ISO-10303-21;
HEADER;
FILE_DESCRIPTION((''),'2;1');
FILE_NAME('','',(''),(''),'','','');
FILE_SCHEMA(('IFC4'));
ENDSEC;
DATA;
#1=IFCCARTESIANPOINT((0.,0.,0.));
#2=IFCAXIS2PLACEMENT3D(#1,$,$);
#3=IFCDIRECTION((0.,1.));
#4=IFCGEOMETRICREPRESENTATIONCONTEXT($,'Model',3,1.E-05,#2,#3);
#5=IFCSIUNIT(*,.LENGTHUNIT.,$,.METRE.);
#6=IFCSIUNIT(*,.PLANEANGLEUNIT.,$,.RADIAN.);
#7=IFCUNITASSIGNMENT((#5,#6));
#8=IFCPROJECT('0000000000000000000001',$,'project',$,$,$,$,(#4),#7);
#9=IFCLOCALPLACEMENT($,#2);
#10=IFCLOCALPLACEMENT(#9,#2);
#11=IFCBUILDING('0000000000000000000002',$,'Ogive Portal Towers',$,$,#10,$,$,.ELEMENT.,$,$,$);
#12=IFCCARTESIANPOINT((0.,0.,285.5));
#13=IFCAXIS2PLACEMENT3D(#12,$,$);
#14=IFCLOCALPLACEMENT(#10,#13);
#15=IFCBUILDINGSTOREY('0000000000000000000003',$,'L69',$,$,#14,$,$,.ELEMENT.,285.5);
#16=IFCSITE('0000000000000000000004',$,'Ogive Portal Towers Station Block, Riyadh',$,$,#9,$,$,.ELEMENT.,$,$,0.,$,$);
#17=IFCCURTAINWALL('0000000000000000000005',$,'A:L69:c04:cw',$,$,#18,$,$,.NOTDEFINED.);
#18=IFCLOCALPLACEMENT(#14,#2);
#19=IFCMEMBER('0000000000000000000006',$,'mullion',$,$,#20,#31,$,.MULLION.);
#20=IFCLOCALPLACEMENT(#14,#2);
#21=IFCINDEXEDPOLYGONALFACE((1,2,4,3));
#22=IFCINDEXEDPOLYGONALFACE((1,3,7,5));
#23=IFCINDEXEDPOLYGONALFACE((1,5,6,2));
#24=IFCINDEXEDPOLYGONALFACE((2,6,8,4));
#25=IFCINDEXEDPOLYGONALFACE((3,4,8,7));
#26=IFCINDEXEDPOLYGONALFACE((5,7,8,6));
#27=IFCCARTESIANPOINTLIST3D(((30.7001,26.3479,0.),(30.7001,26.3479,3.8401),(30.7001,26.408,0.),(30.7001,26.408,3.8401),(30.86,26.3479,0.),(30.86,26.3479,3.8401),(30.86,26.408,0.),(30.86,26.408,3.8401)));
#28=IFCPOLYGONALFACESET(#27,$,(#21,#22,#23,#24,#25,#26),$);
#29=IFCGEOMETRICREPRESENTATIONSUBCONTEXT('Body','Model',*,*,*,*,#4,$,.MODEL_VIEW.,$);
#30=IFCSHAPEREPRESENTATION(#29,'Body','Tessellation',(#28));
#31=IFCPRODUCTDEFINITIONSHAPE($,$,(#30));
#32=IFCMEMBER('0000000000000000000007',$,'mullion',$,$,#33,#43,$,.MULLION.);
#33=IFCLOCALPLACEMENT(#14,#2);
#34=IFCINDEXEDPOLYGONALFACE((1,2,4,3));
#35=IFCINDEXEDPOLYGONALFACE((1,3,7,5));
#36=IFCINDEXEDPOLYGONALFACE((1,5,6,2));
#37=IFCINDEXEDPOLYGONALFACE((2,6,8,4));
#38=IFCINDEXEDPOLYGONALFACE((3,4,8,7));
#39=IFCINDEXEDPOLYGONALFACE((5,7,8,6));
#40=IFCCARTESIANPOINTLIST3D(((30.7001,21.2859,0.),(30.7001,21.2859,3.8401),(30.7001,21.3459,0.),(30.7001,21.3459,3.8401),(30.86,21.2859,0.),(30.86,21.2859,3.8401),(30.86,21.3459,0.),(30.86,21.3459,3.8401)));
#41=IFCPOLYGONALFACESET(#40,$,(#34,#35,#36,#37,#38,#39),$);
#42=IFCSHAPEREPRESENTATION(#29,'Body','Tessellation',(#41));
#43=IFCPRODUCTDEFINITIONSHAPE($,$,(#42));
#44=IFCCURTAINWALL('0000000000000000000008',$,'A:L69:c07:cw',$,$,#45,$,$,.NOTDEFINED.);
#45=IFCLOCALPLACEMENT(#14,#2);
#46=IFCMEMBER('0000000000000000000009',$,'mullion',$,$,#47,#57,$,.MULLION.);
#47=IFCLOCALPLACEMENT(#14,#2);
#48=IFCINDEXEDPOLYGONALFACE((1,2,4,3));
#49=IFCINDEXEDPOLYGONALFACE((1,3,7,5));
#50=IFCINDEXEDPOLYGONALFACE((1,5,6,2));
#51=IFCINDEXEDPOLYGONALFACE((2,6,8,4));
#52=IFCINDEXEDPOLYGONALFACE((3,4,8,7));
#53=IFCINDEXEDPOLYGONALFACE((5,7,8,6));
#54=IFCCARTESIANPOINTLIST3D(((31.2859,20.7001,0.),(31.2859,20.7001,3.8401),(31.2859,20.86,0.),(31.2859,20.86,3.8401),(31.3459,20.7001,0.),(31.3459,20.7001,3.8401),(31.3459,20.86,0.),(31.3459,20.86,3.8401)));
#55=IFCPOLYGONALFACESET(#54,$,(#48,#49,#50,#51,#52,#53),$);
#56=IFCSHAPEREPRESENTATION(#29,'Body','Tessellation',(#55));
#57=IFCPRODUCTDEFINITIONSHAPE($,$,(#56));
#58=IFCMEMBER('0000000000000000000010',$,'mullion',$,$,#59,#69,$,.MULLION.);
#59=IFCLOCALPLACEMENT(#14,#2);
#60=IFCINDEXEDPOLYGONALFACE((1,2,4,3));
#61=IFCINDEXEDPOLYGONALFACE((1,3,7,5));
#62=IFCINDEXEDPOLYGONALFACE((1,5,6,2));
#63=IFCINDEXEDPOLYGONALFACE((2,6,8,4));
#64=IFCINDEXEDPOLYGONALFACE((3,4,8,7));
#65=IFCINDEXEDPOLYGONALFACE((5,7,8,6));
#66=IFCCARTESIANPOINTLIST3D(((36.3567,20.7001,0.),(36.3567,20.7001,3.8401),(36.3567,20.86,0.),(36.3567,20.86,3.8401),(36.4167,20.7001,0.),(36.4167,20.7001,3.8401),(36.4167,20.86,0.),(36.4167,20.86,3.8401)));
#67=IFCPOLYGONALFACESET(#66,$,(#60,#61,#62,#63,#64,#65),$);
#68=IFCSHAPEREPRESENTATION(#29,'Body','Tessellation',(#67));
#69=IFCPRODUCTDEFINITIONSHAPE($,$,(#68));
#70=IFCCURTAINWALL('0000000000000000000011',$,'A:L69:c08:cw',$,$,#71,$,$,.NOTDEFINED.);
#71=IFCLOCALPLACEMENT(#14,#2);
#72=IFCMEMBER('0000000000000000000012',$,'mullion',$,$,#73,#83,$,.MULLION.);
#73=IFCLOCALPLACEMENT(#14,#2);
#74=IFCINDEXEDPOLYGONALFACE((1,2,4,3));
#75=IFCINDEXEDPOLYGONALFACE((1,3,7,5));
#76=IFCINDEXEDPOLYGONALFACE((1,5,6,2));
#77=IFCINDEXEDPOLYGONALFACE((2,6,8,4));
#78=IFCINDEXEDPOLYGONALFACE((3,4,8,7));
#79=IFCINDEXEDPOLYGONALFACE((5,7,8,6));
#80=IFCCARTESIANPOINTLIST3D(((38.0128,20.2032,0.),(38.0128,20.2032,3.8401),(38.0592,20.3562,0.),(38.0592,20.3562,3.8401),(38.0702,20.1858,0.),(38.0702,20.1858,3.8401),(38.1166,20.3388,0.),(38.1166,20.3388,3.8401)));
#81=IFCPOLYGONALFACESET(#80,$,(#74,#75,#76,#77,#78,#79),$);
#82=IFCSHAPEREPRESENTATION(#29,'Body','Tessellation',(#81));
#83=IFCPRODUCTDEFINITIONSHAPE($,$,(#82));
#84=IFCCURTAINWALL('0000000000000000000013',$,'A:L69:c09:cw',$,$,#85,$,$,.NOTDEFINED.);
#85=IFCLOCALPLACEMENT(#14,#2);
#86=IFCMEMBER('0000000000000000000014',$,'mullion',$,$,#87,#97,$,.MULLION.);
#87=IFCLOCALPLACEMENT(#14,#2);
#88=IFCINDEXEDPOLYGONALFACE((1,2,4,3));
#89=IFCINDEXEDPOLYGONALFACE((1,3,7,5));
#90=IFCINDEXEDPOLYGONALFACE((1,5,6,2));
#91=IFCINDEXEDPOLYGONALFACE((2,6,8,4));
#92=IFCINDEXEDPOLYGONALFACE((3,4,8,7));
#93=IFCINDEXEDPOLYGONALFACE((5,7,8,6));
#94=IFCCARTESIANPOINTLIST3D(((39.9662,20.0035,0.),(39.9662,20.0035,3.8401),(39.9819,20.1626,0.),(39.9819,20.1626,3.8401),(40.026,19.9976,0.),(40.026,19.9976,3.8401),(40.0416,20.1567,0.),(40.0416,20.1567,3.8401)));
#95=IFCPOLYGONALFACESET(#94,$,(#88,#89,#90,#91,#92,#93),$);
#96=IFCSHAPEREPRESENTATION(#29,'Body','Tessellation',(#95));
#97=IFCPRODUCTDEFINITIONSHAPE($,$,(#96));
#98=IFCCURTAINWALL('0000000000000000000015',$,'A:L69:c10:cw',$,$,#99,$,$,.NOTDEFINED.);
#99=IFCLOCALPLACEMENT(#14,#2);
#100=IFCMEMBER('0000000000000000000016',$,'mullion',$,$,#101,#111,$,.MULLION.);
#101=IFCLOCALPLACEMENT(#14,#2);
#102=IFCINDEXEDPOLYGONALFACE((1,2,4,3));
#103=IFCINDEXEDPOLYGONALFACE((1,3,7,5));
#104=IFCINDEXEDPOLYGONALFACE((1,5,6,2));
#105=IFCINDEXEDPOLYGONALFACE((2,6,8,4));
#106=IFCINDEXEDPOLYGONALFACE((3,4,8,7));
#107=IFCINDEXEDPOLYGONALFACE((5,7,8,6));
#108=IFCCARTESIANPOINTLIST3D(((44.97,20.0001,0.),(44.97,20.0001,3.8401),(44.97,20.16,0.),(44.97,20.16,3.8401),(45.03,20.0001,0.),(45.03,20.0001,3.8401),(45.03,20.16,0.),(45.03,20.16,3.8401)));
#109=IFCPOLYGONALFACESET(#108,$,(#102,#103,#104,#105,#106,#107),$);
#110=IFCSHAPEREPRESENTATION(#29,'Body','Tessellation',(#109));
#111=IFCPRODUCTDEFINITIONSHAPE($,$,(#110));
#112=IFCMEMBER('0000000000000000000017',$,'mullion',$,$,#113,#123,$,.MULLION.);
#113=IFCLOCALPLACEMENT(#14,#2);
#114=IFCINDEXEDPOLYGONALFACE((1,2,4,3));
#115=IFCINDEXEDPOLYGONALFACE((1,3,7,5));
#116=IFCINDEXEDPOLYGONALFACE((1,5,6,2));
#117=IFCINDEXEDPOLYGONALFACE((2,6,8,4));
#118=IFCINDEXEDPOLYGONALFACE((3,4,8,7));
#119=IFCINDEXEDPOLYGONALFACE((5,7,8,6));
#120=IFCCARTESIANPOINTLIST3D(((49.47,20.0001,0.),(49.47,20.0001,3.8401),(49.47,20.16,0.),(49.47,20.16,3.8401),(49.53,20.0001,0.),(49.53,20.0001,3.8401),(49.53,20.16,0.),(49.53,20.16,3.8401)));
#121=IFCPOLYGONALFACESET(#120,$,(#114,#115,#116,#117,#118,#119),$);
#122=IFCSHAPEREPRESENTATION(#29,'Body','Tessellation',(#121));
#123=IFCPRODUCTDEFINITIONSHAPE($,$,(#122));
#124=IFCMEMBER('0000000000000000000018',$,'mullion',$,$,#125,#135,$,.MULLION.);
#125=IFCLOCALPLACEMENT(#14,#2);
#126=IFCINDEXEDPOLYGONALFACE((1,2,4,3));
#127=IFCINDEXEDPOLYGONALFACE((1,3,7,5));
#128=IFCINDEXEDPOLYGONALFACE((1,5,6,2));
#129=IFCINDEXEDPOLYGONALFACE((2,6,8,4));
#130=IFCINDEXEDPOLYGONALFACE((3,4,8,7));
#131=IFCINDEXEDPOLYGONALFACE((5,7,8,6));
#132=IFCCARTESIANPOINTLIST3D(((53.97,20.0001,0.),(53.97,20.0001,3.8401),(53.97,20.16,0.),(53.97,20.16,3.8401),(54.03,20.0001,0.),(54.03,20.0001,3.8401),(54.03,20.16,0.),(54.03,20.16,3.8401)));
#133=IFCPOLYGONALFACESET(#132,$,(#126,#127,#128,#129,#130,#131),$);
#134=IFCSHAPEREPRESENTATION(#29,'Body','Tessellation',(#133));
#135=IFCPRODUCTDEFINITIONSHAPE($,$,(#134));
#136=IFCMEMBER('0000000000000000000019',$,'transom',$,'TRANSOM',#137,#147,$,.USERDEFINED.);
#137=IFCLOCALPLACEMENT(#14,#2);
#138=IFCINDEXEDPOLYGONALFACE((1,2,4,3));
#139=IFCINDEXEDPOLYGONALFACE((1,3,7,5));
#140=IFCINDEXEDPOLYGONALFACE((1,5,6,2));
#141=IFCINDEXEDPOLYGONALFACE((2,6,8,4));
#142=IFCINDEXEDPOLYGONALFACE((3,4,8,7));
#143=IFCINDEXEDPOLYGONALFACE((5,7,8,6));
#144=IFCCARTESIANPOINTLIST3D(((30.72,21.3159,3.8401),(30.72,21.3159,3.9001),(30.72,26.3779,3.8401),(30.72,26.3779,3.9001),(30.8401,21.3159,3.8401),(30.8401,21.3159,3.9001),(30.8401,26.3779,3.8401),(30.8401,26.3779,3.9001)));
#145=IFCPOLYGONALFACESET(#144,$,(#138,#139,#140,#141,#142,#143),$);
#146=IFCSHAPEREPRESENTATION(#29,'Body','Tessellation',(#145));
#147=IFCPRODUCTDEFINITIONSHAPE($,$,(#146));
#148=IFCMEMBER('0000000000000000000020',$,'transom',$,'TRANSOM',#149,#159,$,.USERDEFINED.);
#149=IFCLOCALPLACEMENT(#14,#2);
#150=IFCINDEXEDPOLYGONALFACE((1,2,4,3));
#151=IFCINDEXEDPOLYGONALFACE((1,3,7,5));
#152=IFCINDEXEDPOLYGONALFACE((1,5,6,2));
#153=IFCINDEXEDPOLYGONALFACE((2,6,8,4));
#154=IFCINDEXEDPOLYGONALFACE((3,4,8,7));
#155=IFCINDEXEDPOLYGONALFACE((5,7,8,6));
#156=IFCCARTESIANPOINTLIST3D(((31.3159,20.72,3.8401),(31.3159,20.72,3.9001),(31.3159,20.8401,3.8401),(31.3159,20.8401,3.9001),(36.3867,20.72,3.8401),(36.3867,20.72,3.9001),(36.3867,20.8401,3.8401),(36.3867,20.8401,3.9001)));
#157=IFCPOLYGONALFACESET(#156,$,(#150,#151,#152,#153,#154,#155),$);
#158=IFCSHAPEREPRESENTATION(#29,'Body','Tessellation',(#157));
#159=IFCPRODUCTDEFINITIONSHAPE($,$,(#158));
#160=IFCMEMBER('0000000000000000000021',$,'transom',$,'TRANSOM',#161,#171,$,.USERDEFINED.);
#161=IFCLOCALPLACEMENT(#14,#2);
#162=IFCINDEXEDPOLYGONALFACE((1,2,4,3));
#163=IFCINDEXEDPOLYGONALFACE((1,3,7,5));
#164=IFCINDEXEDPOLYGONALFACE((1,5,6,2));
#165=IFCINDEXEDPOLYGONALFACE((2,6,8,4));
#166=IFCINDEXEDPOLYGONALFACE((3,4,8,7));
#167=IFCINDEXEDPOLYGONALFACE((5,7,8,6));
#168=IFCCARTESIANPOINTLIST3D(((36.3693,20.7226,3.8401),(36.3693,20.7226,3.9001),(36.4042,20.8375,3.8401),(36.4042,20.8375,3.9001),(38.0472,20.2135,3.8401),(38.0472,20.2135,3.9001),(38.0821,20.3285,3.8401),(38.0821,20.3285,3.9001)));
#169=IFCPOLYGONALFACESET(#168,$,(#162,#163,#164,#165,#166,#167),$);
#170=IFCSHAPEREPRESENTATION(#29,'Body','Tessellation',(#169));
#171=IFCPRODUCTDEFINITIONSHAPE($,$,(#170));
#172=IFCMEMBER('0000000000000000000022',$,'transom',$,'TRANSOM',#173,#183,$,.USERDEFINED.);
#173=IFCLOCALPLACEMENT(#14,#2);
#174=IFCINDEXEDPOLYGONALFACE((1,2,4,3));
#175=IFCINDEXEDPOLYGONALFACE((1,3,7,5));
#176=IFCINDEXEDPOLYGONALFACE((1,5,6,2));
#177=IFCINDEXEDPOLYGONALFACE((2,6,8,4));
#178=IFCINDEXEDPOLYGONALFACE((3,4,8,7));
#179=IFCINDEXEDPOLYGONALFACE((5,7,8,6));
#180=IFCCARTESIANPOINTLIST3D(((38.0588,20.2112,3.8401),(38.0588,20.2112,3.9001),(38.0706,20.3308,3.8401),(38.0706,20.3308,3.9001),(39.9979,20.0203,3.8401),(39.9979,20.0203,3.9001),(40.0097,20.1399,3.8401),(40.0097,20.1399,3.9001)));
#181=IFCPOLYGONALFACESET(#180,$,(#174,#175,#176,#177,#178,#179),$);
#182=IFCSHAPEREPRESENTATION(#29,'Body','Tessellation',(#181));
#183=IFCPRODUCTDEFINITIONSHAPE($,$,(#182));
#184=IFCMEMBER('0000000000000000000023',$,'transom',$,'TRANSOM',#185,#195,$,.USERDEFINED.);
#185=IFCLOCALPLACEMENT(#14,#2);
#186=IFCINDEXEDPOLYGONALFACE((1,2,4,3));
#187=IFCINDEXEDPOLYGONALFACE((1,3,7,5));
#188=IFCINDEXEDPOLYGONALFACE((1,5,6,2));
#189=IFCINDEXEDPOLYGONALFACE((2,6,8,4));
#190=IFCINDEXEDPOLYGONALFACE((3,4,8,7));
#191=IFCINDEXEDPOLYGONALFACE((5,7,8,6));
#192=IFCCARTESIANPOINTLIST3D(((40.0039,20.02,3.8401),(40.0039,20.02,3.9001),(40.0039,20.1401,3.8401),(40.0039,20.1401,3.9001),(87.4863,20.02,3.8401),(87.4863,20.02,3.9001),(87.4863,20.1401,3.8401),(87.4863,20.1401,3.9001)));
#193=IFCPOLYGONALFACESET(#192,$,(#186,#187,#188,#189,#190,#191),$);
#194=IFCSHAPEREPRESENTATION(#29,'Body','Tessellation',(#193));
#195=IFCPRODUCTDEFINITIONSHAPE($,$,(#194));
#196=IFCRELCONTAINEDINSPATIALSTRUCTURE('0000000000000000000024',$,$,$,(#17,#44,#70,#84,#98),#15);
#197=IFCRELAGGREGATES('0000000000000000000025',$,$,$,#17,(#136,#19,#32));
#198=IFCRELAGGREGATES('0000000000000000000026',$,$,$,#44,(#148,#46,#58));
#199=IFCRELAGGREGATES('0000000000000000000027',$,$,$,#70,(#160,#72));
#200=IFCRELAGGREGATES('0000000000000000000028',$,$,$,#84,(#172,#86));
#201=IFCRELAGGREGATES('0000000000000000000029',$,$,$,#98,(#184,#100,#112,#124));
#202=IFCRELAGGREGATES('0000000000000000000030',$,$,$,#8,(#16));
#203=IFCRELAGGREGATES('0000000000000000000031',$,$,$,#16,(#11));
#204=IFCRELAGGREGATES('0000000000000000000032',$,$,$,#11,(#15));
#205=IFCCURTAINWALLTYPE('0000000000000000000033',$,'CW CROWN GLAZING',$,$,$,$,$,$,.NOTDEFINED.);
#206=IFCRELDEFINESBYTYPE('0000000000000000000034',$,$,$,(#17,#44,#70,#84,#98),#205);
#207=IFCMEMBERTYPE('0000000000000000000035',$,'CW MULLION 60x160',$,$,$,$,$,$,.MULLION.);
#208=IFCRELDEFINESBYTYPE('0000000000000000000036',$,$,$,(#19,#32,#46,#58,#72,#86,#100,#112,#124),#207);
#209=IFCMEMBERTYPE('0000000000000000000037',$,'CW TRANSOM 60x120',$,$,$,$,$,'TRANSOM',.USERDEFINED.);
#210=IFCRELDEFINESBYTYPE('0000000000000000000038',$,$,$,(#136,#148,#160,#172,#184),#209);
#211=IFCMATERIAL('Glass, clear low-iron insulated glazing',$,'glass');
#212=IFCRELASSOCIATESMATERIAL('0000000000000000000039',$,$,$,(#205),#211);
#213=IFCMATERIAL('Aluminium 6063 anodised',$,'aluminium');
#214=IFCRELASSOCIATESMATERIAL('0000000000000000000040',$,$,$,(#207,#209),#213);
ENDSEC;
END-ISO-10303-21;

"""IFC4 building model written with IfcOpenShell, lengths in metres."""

from ifc_helpers import new_model, si_unit, direction, frame, origin, origin_2d, place, context, subcontext, project, spatial, rectangle, extrude, material, material_profile, profile_set, type_object, element, aggregate, save


model = new_model("IFC4")

# Units and contexts
model_context = context("Model", 3, precision=1e-05, world=origin(), true_north=direction((0.0, 1.0)))
body_context = subcontext(model_context, "Body", "Model", "MODEL_VIEW")
ifc_project = project(units=[si_unit("LENGTHUNIT", "METRE"), si_unit("PLANEANGLEUNIT", "RADIAN")], contexts=[model_context])

# Site, building, storey
site_placement = place(None, origin())
site = spatial("IfcSite", under=ifc_project, at=site_placement, Name="Ogive Portal Towers Station Block, Riyadh", CompositionType="ELEMENT", RefElevation=0.0)
building_placement = place(site_placement, origin())
building = spatial("IfcBuilding", under=site, at=building_placement, Name="Ogive Portal Towers", CompositionType="ELEMENT")
storey_placement = place(building_placement, frame((0.0, 0.0, 285.5)))
storey = spatial("IfcBuildingStorey", under=building, at=storey_placement, Name="L69", CompositionType="ELEMENT", Elevation=285.5)

# Curtain walls, members
ifc_material_1 = material(Name="Glass, clear low-iron insulated glazing", Category="glass")
curtain_wall_type = type_object("IfcCurtainWallType", Name="CW CROWN GLAZING", PredefinedType="NOTDEFINED", material=ifc_material_1)
curtain_wall_1_placement = place(storey_placement, origin())
curtain_wall_1 = element("IfcCurtainWall", 1, at=curtain_wall_1_placement, inside=storey, type_object=curtain_wall_type, Name="A:L69:c04:cw", PredefinedType="NOTDEFINED")
ifc_material_2 = material(Name="Aluminium 6063 anodised", Category="aluminium")
ifc_material_profile_1 = material_profile(ifc_material_2, rectangle(XDim=0.1599, YDim=0.0601, at=origin_2d()), Name="AL 60x160")
ifc_profile_set_1 = profile_set([ifc_material_profile_1], Name="Aluminium 6063 anodised")
member_type_1 = type_object("IfcMemberType", Name="CW MULLION 60x160", PredefinedType="MULLION", material=ifc_profile_set_1)
member_1_placement = place(storey_placement, frame((30.78, 26.3779, 0.0), z_axis=(0.0, 0.0, 1.0), x_axis=(1.0, 0.0, 0.0)))
member_1 = element("IfcMember", 2, at=member_1_placement, type_object=member_type_1, Name="mullion", PredefinedType="MULLION", context=body_context, shape_type="SweptSolid", body=[
    extrude(rectangle(XDim=0.1599, YDim=0.0601, at=origin_2d()), origin(), (0.0, 0.0, 1.0), 3.8401),
])
member_2_placement = place(storey_placement, frame((30.78, 21.3159, 0.0), z_axis=(0.0, 0.0, 1.0), x_axis=(1.0, 0.0, 0.0)))
member_2 = element("IfcMember", 3, at=member_2_placement, type_object=member_type_1, Name="mullion", PredefinedType="MULLION", context=body_context, shape_type="SweptSolid", body=[
    extrude(rectangle(XDim=0.1599, YDim=0.0601, at=origin_2d()), origin(), (0.0, 0.0, 1.0), 3.8401),
])
curtain_wall_2_placement = place(storey_placement, origin())
curtain_wall_2 = element("IfcCurtainWall", 4, at=curtain_wall_2_placement, inside=storey, type_object=curtain_wall_type, Name="A:L69:c07:cw", PredefinedType="NOTDEFINED")
member_3_placement = place(storey_placement, frame((31.3159, 20.78, 0.0), z_axis=(0.0, 0.0, 1.0), x_axis=(0.0, 1.0, 0.0)))
member_3 = element("IfcMember", 5, at=member_3_placement, type_object=member_type_1, Name="mullion", PredefinedType="MULLION", context=body_context, shape_type="SweptSolid", body=[
    extrude(rectangle(XDim=0.1599, YDim=0.0601, at=origin_2d()), origin(), (0.0, 0.0, 1.0), 3.8401),
])
member_4_placement = place(storey_placement, frame((36.3867, 20.78, 0.0), z_axis=(0.0, 0.0, 1.0), x_axis=(0.0, 1.0, 0.0)))
member_4 = element("IfcMember", 6, at=member_4_placement, type_object=member_type_1, Name="mullion", PredefinedType="MULLION", context=body_context, shape_type="SweptSolid", body=[
    extrude(rectangle(XDim=0.1599, YDim=0.0601, at=origin_2d()), origin(), (0.0, 0.0, 1.0), 3.8401),
])

# Curtain walls, members
curtain_wall_3_placement = place(storey_placement, origin())
curtain_wall_3 = element("IfcCurtainWall", 7, at=curtain_wall_3_placement, inside=storey, type_object=curtain_wall_type, Name="A:L69:c08:cw", PredefinedType="NOTDEFINED")
member_5_placement = place(storey_placement, frame((38.0647, 20.271, 0.0), z_axis=(0.0, 0.0, 1.0), x_axis=(0.290285, 0.95694, 0.0)))
member_5 = element("IfcMember", 8, at=member_5_placement, type_object=member_type_1, Name="mullion", PredefinedType="MULLION", context=body_context, shape_type="SweptSolid", body=[
    extrude(rectangle(XDim=0.1599, YDim=0.0601, at=origin_2d()), origin(), (0.0, 0.0, 1.0), 3.8401),
])
curtain_wall_4_placement = place(storey_placement, origin())
curtain_wall_4 = element("IfcCurtainWall", 9, at=curtain_wall_4_placement, inside=storey, type_object=curtain_wall_type, Name="A:L69:c09:cw", PredefinedType="NOTDEFINED")
member_6_placement = place(storey_placement, frame((40.0039, 20.0801, 0.0), z_axis=(0.0, 0.0, 1.0), x_axis=(0.098017, 0.995185, 0.0)))
member_6 = element("IfcMember", 10, at=member_6_placement, type_object=member_type_1, Name="mullion", PredefinedType="MULLION", context=body_context, shape_type="SweptSolid", body=[
    extrude(rectangle(XDim=0.1599, YDim=0.0601, at=origin_2d()), origin(), (0.0, 0.0, 1.0), 3.8401),
])

# Curtain wall, members
curtain_wall_5_placement = place(storey_placement, origin())
curtain_wall_5 = element("IfcCurtainWall", 11, at=curtain_wall_5_placement, inside=storey, type_object=curtain_wall_type, Name="A:L69:c10:cw", PredefinedType="NOTDEFINED")
member_7_placement = place(storey_placement, frame((45.0, 20.0801, 0.0), z_axis=(0.0, 0.0, 1.0), x_axis=(0.0, 1.0, 0.0)))
member_7 = element("IfcMember", 12, at=member_7_placement, type_object=member_type_1, Name="mullion", PredefinedType="MULLION", context=body_context, shape_type="SweptSolid", body=[
    extrude(rectangle(XDim=0.1599, YDim=0.0601, at=origin_2d()), origin(), (0.0, 0.0, 1.0), 3.8401),
])
member_8_placement = place(storey_placement, frame((49.5, 20.0801, 0.0), z_axis=(0.0, 0.0, 1.0), x_axis=(0.0, 1.0, 0.0)))
member_8 = element("IfcMember", 13, at=member_8_placement, type_object=member_type_1, Name="mullion", PredefinedType="MULLION", context=body_context, shape_type="SweptSolid", body=[
    extrude(rectangle(XDim=0.1599, YDim=0.0601, at=origin_2d()), origin(), (0.0, 0.0, 1.0), 3.8401),
])
member_9_placement = place(storey_placement, frame((54.0, 20.0801, 0.0), z_axis=(0.0, 0.0, 1.0), x_axis=(0.0, 1.0, 0.0)))
member_9 = element("IfcMember", 14, at=member_9_placement, type_object=member_type_1, Name="mullion", PredefinedType="MULLION", context=body_context, shape_type="SweptSolid", body=[
    extrude(rectangle(XDim=0.1599, YDim=0.0601, at=origin_2d()), origin(), (0.0, 0.0, 1.0), 3.8401),
])

# Members
ifc_material_profile_2 = material_profile(ifc_material_2, rectangle(XDim=0.1201, YDim=0.0601, at=origin_2d()), Name="AL 120x60")
ifc_profile_set_2 = profile_set([ifc_material_profile_2], Name="Aluminium 6063 anodised")
member_type_2 = type_object("IfcMemberType", Name="CW TRANSOM 60x120", ElementType="TRANSOM", PredefinedType="USERDEFINED", material=ifc_profile_set_2)
member_10_placement = place(storey_placement, frame((30.78, 26.3779, 3.8701), z_axis=(0.0, -1.0, 0.0), x_axis=(1.0, 0.0, 0.0)))
member_10 = element("IfcMember", 15, at=member_10_placement, type_object=member_type_2, Name="transom", ObjectType="TRANSOM", PredefinedType="USERDEFINED", context=body_context, shape_type="SweptSolid", body=[
    extrude(rectangle(XDim=0.1201, YDim=0.0601, at=origin_2d()), origin(), (0.0, 0.0, 1.0), 5.062),
])
member_11_placement = place(storey_placement, frame((31.3159, 20.78, 3.8701), z_axis=(1.0, 0.0, 0.0), x_axis=(0.0, 1.0, 0.0)))
member_11 = element("IfcMember", 16, at=member_11_placement, type_object=member_type_2, Name="transom", ObjectType="TRANSOM", PredefinedType="USERDEFINED", context=body_context, shape_type="SweptSolid", body=[
    extrude(rectangle(XDim=0.1201, YDim=0.0601, at=origin_2d()), origin(), (0.0, 0.0, 1.0), 5.0708),
])
member_12_placement = place(storey_placement, frame((36.3867, 20.78, 3.8701), z_axis=(0.956937, -0.290297, 0.0), x_axis=(0.290297, 0.956937, 0.0)))
member_12 = element("IfcMember", 17, at=member_12_placement, type_object=member_type_2, Name="transom", ObjectType="TRANSOM", PredefinedType="USERDEFINED", context=body_context, shape_type="SweptSolid", body=[
    extrude(rectangle(XDim=0.1201, YDim=0.0601, at=origin_2d()), origin(), (0.0, 0.0, 1.0), 1.7534),
])
member_13_placement = place(storey_placement, frame((38.0647, 20.271, 3.8701), z_axis=(0.995189, -0.097978, 0.0), x_axis=(0.097978, 0.995189, 0.0)))
member_13 = element("IfcMember", 18, at=member_13_placement, type_object=member_type_2, Name="transom", ObjectType="TRANSOM", PredefinedType="USERDEFINED", context=body_context, shape_type="SweptSolid", body=[
    extrude(rectangle(XDim=0.1201, YDim=0.0601, at=origin_2d()), origin(), (0.0, 0.0, 1.0), 1.9485),
])
member_14_placement = place(storey_placement, frame((40.0039, 20.0801, 3.8701), z_axis=(1.0, 0.0, 0.0), x_axis=(0.0, 1.0, 0.0)))
member_14 = element("IfcMember", 19, at=member_14_placement, type_object=member_type_2, Name="transom", ObjectType="TRANSOM", PredefinedType="USERDEFINED", context=body_context, shape_type="SweptSolid", body=[
    extrude(rectangle(XDim=0.1201, YDim=0.0601, at=origin_2d()), origin(), (0.0, 0.0, 1.0), 47.4824),
])

aggregate(curtain_wall_1, [member_10, member_1, member_2])
aggregate(curtain_wall_2, [member_11, member_3, member_4])
aggregate(curtain_wall_3, [member_12, member_5])
aggregate(curtain_wall_4, [member_13, member_6])
aggregate(curtain_wall_5, [member_14, member_7, member_8, member_9])

save(model, "model.ifc")
